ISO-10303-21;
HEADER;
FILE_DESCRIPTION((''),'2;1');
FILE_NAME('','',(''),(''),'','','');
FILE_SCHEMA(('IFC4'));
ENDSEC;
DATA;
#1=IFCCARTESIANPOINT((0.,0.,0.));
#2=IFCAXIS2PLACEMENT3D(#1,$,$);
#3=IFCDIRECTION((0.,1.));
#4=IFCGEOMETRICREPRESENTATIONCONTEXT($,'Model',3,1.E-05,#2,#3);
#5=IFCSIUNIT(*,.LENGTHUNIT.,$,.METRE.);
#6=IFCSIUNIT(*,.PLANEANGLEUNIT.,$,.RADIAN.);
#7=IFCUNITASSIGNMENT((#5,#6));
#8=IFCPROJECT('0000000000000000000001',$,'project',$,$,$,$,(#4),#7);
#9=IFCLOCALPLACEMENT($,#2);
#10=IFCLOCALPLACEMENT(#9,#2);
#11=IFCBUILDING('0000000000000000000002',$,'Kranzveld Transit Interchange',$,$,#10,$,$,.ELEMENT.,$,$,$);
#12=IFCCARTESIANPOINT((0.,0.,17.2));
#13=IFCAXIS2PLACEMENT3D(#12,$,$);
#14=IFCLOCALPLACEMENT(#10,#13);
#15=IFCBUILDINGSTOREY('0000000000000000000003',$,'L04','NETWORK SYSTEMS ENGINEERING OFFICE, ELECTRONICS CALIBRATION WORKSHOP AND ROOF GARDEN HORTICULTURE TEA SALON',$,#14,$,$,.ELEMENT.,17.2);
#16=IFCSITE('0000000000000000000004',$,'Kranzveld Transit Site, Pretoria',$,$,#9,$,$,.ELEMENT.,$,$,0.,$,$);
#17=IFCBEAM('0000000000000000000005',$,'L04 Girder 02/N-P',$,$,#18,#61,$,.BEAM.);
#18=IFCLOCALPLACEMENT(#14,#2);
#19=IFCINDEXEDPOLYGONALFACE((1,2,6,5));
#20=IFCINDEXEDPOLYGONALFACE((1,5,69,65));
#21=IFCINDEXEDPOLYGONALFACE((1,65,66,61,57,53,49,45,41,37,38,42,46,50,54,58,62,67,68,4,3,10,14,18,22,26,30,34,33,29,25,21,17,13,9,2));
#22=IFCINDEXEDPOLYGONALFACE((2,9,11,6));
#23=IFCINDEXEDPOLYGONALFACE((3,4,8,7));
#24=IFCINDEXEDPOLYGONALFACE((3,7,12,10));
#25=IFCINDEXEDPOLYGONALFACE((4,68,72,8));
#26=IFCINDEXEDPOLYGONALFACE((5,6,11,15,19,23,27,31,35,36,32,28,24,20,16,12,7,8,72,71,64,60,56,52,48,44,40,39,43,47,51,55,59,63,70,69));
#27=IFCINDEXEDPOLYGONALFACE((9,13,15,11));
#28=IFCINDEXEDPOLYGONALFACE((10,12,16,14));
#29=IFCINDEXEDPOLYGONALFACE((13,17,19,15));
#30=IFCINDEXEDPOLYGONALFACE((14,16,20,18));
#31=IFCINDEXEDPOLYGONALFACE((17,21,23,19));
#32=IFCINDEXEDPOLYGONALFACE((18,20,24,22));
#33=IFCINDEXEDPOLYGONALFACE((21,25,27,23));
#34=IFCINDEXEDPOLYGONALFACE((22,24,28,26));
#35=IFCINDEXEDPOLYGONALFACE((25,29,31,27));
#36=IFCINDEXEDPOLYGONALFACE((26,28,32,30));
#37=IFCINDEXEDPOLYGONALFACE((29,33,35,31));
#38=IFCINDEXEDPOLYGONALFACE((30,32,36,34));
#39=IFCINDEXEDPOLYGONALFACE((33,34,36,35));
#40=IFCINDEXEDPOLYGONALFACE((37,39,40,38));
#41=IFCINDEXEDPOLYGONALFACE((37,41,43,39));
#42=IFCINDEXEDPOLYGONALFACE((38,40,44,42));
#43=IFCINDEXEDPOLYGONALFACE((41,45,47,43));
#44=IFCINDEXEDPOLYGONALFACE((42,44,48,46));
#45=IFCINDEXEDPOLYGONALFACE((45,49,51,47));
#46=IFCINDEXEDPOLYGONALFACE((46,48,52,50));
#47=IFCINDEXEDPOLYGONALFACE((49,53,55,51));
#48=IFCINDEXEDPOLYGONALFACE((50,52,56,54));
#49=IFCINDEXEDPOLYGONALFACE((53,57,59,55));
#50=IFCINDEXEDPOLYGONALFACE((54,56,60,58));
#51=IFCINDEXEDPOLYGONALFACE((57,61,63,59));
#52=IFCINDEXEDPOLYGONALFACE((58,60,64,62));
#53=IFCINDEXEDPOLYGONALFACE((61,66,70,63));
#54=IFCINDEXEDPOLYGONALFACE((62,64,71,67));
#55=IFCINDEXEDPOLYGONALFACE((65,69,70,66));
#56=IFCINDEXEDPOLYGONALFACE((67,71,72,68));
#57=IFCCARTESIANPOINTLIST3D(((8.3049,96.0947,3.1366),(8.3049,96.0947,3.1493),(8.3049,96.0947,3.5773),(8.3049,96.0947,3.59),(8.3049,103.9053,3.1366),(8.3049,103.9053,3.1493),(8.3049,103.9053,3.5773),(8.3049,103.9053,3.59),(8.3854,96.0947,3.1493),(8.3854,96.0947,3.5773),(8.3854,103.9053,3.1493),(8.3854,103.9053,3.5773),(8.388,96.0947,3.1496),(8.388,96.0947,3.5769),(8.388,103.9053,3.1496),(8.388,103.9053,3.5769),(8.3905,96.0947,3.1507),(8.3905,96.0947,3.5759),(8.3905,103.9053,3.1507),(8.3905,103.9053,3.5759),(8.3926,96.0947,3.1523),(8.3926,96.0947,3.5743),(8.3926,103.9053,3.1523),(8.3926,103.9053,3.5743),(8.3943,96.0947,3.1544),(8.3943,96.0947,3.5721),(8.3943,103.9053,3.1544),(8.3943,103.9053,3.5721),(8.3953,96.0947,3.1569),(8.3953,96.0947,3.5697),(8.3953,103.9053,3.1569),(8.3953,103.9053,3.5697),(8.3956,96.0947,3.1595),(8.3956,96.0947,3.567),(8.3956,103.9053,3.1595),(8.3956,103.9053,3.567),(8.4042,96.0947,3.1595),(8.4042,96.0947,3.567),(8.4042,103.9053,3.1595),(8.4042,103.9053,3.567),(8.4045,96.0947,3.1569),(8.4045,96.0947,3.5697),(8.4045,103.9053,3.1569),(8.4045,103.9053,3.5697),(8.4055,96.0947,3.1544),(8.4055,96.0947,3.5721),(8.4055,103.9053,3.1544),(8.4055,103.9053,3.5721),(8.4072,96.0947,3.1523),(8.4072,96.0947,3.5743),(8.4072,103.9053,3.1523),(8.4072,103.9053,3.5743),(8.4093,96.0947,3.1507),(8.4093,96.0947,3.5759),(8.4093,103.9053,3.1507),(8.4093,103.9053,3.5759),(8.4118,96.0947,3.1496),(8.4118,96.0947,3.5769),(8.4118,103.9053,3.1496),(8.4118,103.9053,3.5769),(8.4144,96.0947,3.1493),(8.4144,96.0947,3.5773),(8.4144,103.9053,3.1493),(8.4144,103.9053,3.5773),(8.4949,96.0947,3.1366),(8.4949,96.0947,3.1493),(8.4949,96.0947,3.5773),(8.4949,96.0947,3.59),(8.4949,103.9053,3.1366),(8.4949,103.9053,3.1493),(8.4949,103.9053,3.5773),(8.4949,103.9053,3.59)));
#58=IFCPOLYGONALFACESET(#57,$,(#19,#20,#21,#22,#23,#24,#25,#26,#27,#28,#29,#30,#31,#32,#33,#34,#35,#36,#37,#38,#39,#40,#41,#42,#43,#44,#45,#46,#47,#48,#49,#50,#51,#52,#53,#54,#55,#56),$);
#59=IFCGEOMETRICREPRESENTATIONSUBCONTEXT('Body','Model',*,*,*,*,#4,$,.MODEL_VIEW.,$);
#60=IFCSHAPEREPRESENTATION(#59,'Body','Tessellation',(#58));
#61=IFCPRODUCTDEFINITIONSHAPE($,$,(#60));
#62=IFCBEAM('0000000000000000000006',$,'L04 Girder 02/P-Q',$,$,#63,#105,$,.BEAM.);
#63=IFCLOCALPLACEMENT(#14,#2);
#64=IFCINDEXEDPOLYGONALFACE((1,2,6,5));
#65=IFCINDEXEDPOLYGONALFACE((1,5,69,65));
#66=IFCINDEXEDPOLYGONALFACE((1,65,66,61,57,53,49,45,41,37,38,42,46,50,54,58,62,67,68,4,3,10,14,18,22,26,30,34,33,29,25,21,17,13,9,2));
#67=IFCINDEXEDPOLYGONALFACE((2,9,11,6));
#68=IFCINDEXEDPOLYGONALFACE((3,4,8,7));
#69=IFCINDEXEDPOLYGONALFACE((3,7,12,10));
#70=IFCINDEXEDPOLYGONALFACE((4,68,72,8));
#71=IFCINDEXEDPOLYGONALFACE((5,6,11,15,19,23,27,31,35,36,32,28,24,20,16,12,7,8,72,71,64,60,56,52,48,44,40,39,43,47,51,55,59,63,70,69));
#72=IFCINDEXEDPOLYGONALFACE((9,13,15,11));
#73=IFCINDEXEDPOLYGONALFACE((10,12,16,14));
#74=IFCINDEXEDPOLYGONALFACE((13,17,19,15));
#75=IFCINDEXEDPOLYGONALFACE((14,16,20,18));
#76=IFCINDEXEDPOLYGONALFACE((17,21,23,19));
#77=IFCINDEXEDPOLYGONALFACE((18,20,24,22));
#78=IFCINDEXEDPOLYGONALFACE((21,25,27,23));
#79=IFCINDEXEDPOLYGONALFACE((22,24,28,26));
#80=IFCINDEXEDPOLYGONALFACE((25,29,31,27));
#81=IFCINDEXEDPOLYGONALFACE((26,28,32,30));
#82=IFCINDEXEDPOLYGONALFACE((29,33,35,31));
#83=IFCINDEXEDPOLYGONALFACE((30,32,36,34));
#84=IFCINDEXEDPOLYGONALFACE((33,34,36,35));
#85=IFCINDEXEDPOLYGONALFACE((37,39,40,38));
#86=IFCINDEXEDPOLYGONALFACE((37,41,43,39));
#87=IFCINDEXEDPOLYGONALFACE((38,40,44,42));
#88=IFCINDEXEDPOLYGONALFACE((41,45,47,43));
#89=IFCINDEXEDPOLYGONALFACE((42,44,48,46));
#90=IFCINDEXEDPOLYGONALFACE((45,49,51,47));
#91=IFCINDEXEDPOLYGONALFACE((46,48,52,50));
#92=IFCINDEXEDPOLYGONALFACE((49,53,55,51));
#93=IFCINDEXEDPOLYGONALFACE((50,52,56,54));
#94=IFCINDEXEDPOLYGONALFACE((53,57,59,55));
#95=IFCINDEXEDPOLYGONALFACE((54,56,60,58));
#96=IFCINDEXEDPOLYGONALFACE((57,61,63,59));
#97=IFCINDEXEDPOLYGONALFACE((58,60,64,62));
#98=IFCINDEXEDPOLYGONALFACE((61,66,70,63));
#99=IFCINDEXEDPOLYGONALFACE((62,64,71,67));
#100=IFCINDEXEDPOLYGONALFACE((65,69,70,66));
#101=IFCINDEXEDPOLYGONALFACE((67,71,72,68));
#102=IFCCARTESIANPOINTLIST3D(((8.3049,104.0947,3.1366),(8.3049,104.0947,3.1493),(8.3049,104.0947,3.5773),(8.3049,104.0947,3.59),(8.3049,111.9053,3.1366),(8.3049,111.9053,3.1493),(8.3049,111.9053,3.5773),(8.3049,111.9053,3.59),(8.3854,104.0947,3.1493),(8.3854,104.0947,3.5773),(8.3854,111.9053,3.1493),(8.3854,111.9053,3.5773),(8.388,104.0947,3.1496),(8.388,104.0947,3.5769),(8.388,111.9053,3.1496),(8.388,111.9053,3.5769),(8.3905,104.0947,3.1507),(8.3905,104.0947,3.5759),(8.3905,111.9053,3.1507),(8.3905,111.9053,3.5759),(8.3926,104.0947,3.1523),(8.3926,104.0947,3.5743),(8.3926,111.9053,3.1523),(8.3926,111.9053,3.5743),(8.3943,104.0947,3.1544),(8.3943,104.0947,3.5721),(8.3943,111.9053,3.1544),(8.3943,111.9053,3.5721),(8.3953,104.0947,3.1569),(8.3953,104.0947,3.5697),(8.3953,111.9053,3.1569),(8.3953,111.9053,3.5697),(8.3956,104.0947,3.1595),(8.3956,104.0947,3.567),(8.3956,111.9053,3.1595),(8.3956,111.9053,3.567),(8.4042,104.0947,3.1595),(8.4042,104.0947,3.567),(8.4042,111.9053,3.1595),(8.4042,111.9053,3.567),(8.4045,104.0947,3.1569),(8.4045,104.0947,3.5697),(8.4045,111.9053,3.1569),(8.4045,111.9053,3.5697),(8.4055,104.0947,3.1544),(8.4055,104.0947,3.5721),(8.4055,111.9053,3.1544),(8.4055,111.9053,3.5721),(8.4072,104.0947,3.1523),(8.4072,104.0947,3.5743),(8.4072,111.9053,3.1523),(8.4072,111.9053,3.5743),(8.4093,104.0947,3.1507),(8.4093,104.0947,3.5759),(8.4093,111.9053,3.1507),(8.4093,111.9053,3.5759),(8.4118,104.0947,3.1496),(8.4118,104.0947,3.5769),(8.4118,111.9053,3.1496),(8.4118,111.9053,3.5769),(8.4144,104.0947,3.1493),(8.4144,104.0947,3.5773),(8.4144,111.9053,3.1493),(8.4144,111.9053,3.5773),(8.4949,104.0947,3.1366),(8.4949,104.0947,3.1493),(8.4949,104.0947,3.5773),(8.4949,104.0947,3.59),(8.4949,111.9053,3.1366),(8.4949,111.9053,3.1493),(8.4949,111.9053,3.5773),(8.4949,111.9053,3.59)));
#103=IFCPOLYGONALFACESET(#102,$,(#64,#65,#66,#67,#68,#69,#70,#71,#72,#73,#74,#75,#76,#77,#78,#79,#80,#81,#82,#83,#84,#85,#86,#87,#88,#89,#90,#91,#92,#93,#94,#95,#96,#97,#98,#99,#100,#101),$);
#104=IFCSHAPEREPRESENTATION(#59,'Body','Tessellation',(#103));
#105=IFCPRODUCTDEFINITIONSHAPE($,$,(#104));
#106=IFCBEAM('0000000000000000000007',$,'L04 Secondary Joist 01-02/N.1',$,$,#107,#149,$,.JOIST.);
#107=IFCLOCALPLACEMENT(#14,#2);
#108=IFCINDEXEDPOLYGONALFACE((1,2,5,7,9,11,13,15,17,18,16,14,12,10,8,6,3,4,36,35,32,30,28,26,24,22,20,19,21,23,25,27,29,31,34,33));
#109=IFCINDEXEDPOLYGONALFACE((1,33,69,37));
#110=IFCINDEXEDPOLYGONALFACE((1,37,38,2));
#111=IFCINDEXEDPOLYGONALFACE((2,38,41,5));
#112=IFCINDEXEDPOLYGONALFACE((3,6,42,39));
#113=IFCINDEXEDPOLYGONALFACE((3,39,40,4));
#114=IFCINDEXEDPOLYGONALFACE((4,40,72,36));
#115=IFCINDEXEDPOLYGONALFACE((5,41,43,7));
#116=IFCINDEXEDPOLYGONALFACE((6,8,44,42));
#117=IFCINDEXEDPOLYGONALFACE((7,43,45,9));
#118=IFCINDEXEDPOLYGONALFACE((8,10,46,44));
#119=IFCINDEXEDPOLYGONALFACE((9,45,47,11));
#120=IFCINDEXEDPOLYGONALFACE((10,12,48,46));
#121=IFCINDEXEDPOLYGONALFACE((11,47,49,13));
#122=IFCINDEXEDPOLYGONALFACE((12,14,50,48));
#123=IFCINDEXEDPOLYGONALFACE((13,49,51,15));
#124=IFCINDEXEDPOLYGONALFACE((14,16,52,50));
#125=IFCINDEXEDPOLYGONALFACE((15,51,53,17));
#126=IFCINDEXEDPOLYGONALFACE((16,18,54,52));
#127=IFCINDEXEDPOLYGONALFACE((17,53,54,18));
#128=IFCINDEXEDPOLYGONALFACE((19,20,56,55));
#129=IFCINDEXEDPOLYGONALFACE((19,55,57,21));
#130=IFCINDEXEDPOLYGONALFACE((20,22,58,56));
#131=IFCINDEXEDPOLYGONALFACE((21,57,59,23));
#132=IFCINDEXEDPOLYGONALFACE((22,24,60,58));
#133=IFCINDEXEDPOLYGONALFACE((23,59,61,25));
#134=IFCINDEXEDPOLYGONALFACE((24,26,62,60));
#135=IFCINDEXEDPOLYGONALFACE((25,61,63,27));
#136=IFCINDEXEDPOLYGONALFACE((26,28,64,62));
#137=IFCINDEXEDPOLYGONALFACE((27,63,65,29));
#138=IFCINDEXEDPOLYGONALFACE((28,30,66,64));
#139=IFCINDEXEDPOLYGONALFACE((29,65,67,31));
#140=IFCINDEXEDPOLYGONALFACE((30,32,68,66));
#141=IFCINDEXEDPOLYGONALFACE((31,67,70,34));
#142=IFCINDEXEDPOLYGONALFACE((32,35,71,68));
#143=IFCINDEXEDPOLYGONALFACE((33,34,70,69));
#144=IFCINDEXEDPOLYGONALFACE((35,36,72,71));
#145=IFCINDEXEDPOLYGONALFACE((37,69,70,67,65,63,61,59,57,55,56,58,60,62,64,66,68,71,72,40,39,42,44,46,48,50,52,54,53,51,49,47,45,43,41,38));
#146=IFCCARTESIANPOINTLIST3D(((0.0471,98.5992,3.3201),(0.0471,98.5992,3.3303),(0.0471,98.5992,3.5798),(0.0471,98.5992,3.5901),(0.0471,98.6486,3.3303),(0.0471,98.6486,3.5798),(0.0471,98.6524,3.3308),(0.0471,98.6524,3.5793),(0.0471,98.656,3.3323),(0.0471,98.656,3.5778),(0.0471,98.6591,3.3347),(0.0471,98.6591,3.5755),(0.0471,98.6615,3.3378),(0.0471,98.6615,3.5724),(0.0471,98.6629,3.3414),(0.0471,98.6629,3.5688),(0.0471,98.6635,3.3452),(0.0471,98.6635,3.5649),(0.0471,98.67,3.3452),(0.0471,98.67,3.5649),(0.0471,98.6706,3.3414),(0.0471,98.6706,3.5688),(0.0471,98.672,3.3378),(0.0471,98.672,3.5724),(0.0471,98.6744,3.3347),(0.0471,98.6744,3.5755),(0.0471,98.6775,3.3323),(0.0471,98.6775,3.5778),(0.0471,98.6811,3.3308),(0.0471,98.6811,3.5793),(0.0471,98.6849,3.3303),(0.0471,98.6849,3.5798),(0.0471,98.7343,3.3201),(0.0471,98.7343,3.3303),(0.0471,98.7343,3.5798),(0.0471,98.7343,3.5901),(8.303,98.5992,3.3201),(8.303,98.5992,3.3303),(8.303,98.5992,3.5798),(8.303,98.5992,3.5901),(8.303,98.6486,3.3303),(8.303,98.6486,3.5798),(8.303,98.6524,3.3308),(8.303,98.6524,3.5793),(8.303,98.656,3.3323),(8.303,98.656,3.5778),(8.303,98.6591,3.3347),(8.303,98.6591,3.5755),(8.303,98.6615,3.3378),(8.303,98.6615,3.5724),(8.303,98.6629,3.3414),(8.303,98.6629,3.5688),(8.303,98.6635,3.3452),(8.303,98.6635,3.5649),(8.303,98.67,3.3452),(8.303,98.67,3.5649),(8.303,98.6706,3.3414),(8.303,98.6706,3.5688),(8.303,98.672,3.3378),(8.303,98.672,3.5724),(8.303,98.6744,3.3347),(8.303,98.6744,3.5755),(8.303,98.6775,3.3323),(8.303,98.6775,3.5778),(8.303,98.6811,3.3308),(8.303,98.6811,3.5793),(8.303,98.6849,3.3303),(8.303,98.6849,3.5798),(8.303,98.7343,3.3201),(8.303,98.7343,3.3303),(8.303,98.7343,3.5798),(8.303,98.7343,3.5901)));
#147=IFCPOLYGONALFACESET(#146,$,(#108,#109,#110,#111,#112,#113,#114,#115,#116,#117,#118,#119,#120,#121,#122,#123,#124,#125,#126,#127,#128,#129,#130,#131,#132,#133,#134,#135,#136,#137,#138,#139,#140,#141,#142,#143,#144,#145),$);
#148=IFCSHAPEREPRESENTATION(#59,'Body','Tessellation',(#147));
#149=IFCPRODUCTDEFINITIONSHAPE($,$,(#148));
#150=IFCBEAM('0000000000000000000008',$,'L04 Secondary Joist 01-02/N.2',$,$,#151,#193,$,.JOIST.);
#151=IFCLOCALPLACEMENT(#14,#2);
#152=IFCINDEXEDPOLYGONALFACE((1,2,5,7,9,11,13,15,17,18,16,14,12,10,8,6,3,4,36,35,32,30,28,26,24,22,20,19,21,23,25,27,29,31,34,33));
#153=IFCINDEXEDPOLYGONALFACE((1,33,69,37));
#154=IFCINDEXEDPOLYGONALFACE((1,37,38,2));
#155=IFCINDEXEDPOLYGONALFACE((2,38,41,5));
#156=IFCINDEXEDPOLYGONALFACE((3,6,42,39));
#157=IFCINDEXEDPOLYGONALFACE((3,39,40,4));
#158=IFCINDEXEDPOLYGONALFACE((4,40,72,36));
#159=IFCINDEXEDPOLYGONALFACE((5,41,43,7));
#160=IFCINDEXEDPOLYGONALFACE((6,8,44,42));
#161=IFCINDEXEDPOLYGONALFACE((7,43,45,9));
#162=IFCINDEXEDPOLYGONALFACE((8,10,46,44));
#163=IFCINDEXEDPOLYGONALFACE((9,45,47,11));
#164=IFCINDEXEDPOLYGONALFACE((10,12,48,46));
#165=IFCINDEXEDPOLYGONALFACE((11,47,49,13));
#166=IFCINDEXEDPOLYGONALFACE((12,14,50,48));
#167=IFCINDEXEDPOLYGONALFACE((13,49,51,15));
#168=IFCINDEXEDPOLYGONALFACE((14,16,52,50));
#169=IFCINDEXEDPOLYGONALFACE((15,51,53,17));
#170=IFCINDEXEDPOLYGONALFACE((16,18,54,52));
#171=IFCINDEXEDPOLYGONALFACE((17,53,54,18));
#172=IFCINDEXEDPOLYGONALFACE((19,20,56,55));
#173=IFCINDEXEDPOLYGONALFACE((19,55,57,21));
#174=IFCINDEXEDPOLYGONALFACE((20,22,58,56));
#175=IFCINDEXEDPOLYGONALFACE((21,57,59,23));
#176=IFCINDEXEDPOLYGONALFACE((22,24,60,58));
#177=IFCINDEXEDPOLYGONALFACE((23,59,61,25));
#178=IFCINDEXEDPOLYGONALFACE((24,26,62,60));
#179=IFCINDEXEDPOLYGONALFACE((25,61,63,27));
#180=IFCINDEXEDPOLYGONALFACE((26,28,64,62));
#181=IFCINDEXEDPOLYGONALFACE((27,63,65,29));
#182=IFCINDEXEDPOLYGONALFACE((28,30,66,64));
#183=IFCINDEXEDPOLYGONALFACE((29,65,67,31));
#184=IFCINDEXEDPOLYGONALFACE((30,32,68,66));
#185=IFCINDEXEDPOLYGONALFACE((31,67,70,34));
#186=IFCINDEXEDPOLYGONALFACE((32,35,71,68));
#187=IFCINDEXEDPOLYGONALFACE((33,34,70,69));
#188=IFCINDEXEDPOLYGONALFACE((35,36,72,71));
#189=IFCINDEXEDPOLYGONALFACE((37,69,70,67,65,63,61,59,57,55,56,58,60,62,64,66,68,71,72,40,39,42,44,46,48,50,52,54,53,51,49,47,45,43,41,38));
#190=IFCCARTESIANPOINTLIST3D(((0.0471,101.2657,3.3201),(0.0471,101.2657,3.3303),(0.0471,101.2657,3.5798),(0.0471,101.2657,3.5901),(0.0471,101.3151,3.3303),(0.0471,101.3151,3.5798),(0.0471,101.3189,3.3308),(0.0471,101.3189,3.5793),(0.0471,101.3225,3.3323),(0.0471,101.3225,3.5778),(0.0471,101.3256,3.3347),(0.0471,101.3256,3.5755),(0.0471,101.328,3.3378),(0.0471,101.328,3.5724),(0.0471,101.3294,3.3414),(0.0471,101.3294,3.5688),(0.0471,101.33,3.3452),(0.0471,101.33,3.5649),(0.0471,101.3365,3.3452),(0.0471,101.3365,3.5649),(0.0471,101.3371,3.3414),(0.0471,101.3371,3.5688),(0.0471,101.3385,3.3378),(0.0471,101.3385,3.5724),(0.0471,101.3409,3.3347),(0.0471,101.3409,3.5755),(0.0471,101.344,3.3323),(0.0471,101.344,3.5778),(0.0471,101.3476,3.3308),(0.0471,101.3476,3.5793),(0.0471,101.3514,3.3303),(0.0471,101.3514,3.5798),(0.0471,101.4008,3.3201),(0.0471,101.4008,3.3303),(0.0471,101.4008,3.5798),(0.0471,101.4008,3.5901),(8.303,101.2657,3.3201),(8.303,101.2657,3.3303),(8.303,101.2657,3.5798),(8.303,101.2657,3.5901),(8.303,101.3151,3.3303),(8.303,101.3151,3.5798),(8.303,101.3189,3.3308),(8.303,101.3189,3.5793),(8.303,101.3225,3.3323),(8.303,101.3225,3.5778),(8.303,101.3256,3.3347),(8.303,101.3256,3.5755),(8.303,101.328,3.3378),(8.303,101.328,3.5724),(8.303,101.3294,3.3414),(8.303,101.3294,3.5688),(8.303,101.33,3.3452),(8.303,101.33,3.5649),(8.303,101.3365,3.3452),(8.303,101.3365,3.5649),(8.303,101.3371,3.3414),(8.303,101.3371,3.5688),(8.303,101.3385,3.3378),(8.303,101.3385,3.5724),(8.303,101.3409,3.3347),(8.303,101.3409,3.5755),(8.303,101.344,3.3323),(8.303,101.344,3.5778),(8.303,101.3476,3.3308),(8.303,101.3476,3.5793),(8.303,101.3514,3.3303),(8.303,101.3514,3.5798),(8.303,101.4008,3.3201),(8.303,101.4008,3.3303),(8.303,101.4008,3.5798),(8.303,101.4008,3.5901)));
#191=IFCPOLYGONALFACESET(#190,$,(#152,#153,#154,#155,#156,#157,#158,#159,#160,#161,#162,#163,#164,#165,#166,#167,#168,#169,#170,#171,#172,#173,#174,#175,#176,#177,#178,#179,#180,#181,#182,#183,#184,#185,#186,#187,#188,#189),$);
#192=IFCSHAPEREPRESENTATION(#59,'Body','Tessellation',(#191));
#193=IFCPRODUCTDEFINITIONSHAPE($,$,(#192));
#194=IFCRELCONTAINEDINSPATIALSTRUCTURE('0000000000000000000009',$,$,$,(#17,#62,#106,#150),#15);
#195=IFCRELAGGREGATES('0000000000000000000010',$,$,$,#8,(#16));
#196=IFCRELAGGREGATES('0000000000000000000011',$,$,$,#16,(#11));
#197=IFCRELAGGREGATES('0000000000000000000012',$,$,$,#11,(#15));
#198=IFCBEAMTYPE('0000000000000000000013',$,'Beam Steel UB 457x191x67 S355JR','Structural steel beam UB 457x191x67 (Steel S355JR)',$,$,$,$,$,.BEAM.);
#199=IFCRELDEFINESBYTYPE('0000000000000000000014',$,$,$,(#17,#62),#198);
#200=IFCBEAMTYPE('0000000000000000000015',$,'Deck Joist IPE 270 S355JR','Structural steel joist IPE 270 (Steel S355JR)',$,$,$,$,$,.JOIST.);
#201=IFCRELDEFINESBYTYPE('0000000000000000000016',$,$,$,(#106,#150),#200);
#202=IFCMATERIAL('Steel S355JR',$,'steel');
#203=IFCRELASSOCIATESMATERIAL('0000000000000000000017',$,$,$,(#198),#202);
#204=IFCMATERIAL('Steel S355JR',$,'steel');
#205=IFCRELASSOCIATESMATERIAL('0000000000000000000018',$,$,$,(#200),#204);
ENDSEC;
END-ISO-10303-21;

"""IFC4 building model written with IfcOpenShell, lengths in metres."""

from ifc_helpers import new_model, si_unit, direction, frame, origin, origin_2d, place, context, subcontext, project, spatial, i_section, extrude, material, material_profile, profile_set, type_object, element, save


model = new_model("IFC4")

# Units and contexts
model_context = context("Model", 3, precision=1e-05, world=origin(), true_north=direction((0.0, 1.0)))
body_context = subcontext(model_context, "Body", "Model", "MODEL_VIEW")
ifc_project = project(units=[si_unit("LENGTHUNIT", "METRE"), si_unit("PLANEANGLEUNIT", "RADIAN")], contexts=[model_context])

# Site, building, storey
site_placement = place(None, origin())
site = spatial("IfcSite", under=ifc_project, at=site_placement, Name="Kranzveld Transit Site, Pretoria", CompositionType="ELEMENT", RefElevation=0.0)
building_placement = place(site_placement, origin())
building = spatial("IfcBuilding", under=site, at=building_placement, Name="Kranzveld Transit Interchange", CompositionType="ELEMENT")
storey_placement = place(building_placement, frame((0.0, 0.0, 17.2)))
storey = spatial("IfcBuildingStorey", under=building, at=storey_placement, Name="L04", Description="NETWORK SYSTEMS ENGINEERING OFFICE, ELECTRONICS CALIBRATION WORKSHOP AND ROOF GARDEN HORTICULTURE TEA SALON", CompositionType="ELEMENT", Elevation=17.2)

# Beams
ifc_material_1 = material(Name="Steel S355JR", Category="steel")
ifc_material_profile_1 = material_profile(ifc_material_1, i_section(OverallWidth=0.1899, OverallDepth=0.4534, WebThickness=0.0085, FlangeThickness=0.0127, FilletRadius=0.0103, at=origin_2d()), Name="UB 457x191x67")
ifc_profile_set_1 = profile_set([ifc_material_profile_1], Name="Steel S355JR")
beam_type_1 = type_object("IfcBeamType", Name="Beam Steel UB 457x191x67 S355JR", Description="Structural steel beam UB 457x191x67 (Steel S355JR)", PredefinedType="BEAM", material=ifc_profile_set_1)
for number, where, z_axis, x_axis, name in (
    (1, (8.3999, 96.0947, 3.3633), (0.0, 1.0, 0.0), (-1.0, 0.0, 0.0), "L04 Girder 02/N-P"),
    (2, (8.3999, 104.0947, 3.3633), (0.0, 1.0, 0.0), (-1.0, 0.0, 0.0), "L04 Girder 02/P-Q"),
):
    element("IfcBeam", number, at=place(storey_placement, frame(where, z_axis=z_axis, x_axis=x_axis)), inside=storey, type_object=beam_type_1, Name=name, PredefinedType="BEAM", context=body_context, shape_type="SweptSolid", body=[
        extrude(i_section(OverallWidth=0.1899, OverallDepth=0.4534, WebThickness=0.0085, FlangeThickness=0.0127, FilletRadius=0.0103, at=origin_2d()), origin(), (0.0, 0.0, 1.0), 7.8105),
    ])
ifc_material_2 = material(Name="Steel S355JR", Category="steel")
ifc_material_profile_2 = material_profile(ifc_material_2, i_section(OverallWidth=0.135, OverallDepth=0.27, WebThickness=0.0066, FlangeThickness=0.0103, FilletRadius=0.0149, at=origin_2d()), Name="IPE 270")
ifc_profile_set_2 = profile_set([ifc_material_profile_2], Name="Steel S355JR")
beam_type_2 = type_object("IfcBeamType", Name="Deck Joist IPE 270 S355JR", Description="Structural steel joist IPE 270 (Steel S355JR)", PredefinedType="JOIST", material=ifc_profile_set_2)
for number, where, z_axis, x_axis, name in (
    (3, (0.0471, 98.6667, 3.4551), (1.0, 0.0, 0.0), (0.0, 1.0, 0.0), "L04 Secondary Joist 01-02/N.1"),
    (4, (0.0471, 101.3333, 3.4551), (1.0, 0.0, 0.0), (0.0, 1.0, 0.0), "L04 Secondary Joist 01-02/N.2"),
):
    element("IfcBeam", number, at=place(storey_placement, frame(where, z_axis=z_axis, x_axis=x_axis)), inside=storey, type_object=beam_type_2, Name=name, PredefinedType="JOIST", context=body_context, shape_type="SweptSolid", body=[
        extrude(i_section(OverallWidth=0.135, OverallDepth=0.27, WebThickness=0.0066, FlangeThickness=0.0103, FilletRadius=0.0149, at=origin_2d()), origin(), (0.0, 0.0, 1.0), 8.2559),
    ])

save(model, "model.ifc")
